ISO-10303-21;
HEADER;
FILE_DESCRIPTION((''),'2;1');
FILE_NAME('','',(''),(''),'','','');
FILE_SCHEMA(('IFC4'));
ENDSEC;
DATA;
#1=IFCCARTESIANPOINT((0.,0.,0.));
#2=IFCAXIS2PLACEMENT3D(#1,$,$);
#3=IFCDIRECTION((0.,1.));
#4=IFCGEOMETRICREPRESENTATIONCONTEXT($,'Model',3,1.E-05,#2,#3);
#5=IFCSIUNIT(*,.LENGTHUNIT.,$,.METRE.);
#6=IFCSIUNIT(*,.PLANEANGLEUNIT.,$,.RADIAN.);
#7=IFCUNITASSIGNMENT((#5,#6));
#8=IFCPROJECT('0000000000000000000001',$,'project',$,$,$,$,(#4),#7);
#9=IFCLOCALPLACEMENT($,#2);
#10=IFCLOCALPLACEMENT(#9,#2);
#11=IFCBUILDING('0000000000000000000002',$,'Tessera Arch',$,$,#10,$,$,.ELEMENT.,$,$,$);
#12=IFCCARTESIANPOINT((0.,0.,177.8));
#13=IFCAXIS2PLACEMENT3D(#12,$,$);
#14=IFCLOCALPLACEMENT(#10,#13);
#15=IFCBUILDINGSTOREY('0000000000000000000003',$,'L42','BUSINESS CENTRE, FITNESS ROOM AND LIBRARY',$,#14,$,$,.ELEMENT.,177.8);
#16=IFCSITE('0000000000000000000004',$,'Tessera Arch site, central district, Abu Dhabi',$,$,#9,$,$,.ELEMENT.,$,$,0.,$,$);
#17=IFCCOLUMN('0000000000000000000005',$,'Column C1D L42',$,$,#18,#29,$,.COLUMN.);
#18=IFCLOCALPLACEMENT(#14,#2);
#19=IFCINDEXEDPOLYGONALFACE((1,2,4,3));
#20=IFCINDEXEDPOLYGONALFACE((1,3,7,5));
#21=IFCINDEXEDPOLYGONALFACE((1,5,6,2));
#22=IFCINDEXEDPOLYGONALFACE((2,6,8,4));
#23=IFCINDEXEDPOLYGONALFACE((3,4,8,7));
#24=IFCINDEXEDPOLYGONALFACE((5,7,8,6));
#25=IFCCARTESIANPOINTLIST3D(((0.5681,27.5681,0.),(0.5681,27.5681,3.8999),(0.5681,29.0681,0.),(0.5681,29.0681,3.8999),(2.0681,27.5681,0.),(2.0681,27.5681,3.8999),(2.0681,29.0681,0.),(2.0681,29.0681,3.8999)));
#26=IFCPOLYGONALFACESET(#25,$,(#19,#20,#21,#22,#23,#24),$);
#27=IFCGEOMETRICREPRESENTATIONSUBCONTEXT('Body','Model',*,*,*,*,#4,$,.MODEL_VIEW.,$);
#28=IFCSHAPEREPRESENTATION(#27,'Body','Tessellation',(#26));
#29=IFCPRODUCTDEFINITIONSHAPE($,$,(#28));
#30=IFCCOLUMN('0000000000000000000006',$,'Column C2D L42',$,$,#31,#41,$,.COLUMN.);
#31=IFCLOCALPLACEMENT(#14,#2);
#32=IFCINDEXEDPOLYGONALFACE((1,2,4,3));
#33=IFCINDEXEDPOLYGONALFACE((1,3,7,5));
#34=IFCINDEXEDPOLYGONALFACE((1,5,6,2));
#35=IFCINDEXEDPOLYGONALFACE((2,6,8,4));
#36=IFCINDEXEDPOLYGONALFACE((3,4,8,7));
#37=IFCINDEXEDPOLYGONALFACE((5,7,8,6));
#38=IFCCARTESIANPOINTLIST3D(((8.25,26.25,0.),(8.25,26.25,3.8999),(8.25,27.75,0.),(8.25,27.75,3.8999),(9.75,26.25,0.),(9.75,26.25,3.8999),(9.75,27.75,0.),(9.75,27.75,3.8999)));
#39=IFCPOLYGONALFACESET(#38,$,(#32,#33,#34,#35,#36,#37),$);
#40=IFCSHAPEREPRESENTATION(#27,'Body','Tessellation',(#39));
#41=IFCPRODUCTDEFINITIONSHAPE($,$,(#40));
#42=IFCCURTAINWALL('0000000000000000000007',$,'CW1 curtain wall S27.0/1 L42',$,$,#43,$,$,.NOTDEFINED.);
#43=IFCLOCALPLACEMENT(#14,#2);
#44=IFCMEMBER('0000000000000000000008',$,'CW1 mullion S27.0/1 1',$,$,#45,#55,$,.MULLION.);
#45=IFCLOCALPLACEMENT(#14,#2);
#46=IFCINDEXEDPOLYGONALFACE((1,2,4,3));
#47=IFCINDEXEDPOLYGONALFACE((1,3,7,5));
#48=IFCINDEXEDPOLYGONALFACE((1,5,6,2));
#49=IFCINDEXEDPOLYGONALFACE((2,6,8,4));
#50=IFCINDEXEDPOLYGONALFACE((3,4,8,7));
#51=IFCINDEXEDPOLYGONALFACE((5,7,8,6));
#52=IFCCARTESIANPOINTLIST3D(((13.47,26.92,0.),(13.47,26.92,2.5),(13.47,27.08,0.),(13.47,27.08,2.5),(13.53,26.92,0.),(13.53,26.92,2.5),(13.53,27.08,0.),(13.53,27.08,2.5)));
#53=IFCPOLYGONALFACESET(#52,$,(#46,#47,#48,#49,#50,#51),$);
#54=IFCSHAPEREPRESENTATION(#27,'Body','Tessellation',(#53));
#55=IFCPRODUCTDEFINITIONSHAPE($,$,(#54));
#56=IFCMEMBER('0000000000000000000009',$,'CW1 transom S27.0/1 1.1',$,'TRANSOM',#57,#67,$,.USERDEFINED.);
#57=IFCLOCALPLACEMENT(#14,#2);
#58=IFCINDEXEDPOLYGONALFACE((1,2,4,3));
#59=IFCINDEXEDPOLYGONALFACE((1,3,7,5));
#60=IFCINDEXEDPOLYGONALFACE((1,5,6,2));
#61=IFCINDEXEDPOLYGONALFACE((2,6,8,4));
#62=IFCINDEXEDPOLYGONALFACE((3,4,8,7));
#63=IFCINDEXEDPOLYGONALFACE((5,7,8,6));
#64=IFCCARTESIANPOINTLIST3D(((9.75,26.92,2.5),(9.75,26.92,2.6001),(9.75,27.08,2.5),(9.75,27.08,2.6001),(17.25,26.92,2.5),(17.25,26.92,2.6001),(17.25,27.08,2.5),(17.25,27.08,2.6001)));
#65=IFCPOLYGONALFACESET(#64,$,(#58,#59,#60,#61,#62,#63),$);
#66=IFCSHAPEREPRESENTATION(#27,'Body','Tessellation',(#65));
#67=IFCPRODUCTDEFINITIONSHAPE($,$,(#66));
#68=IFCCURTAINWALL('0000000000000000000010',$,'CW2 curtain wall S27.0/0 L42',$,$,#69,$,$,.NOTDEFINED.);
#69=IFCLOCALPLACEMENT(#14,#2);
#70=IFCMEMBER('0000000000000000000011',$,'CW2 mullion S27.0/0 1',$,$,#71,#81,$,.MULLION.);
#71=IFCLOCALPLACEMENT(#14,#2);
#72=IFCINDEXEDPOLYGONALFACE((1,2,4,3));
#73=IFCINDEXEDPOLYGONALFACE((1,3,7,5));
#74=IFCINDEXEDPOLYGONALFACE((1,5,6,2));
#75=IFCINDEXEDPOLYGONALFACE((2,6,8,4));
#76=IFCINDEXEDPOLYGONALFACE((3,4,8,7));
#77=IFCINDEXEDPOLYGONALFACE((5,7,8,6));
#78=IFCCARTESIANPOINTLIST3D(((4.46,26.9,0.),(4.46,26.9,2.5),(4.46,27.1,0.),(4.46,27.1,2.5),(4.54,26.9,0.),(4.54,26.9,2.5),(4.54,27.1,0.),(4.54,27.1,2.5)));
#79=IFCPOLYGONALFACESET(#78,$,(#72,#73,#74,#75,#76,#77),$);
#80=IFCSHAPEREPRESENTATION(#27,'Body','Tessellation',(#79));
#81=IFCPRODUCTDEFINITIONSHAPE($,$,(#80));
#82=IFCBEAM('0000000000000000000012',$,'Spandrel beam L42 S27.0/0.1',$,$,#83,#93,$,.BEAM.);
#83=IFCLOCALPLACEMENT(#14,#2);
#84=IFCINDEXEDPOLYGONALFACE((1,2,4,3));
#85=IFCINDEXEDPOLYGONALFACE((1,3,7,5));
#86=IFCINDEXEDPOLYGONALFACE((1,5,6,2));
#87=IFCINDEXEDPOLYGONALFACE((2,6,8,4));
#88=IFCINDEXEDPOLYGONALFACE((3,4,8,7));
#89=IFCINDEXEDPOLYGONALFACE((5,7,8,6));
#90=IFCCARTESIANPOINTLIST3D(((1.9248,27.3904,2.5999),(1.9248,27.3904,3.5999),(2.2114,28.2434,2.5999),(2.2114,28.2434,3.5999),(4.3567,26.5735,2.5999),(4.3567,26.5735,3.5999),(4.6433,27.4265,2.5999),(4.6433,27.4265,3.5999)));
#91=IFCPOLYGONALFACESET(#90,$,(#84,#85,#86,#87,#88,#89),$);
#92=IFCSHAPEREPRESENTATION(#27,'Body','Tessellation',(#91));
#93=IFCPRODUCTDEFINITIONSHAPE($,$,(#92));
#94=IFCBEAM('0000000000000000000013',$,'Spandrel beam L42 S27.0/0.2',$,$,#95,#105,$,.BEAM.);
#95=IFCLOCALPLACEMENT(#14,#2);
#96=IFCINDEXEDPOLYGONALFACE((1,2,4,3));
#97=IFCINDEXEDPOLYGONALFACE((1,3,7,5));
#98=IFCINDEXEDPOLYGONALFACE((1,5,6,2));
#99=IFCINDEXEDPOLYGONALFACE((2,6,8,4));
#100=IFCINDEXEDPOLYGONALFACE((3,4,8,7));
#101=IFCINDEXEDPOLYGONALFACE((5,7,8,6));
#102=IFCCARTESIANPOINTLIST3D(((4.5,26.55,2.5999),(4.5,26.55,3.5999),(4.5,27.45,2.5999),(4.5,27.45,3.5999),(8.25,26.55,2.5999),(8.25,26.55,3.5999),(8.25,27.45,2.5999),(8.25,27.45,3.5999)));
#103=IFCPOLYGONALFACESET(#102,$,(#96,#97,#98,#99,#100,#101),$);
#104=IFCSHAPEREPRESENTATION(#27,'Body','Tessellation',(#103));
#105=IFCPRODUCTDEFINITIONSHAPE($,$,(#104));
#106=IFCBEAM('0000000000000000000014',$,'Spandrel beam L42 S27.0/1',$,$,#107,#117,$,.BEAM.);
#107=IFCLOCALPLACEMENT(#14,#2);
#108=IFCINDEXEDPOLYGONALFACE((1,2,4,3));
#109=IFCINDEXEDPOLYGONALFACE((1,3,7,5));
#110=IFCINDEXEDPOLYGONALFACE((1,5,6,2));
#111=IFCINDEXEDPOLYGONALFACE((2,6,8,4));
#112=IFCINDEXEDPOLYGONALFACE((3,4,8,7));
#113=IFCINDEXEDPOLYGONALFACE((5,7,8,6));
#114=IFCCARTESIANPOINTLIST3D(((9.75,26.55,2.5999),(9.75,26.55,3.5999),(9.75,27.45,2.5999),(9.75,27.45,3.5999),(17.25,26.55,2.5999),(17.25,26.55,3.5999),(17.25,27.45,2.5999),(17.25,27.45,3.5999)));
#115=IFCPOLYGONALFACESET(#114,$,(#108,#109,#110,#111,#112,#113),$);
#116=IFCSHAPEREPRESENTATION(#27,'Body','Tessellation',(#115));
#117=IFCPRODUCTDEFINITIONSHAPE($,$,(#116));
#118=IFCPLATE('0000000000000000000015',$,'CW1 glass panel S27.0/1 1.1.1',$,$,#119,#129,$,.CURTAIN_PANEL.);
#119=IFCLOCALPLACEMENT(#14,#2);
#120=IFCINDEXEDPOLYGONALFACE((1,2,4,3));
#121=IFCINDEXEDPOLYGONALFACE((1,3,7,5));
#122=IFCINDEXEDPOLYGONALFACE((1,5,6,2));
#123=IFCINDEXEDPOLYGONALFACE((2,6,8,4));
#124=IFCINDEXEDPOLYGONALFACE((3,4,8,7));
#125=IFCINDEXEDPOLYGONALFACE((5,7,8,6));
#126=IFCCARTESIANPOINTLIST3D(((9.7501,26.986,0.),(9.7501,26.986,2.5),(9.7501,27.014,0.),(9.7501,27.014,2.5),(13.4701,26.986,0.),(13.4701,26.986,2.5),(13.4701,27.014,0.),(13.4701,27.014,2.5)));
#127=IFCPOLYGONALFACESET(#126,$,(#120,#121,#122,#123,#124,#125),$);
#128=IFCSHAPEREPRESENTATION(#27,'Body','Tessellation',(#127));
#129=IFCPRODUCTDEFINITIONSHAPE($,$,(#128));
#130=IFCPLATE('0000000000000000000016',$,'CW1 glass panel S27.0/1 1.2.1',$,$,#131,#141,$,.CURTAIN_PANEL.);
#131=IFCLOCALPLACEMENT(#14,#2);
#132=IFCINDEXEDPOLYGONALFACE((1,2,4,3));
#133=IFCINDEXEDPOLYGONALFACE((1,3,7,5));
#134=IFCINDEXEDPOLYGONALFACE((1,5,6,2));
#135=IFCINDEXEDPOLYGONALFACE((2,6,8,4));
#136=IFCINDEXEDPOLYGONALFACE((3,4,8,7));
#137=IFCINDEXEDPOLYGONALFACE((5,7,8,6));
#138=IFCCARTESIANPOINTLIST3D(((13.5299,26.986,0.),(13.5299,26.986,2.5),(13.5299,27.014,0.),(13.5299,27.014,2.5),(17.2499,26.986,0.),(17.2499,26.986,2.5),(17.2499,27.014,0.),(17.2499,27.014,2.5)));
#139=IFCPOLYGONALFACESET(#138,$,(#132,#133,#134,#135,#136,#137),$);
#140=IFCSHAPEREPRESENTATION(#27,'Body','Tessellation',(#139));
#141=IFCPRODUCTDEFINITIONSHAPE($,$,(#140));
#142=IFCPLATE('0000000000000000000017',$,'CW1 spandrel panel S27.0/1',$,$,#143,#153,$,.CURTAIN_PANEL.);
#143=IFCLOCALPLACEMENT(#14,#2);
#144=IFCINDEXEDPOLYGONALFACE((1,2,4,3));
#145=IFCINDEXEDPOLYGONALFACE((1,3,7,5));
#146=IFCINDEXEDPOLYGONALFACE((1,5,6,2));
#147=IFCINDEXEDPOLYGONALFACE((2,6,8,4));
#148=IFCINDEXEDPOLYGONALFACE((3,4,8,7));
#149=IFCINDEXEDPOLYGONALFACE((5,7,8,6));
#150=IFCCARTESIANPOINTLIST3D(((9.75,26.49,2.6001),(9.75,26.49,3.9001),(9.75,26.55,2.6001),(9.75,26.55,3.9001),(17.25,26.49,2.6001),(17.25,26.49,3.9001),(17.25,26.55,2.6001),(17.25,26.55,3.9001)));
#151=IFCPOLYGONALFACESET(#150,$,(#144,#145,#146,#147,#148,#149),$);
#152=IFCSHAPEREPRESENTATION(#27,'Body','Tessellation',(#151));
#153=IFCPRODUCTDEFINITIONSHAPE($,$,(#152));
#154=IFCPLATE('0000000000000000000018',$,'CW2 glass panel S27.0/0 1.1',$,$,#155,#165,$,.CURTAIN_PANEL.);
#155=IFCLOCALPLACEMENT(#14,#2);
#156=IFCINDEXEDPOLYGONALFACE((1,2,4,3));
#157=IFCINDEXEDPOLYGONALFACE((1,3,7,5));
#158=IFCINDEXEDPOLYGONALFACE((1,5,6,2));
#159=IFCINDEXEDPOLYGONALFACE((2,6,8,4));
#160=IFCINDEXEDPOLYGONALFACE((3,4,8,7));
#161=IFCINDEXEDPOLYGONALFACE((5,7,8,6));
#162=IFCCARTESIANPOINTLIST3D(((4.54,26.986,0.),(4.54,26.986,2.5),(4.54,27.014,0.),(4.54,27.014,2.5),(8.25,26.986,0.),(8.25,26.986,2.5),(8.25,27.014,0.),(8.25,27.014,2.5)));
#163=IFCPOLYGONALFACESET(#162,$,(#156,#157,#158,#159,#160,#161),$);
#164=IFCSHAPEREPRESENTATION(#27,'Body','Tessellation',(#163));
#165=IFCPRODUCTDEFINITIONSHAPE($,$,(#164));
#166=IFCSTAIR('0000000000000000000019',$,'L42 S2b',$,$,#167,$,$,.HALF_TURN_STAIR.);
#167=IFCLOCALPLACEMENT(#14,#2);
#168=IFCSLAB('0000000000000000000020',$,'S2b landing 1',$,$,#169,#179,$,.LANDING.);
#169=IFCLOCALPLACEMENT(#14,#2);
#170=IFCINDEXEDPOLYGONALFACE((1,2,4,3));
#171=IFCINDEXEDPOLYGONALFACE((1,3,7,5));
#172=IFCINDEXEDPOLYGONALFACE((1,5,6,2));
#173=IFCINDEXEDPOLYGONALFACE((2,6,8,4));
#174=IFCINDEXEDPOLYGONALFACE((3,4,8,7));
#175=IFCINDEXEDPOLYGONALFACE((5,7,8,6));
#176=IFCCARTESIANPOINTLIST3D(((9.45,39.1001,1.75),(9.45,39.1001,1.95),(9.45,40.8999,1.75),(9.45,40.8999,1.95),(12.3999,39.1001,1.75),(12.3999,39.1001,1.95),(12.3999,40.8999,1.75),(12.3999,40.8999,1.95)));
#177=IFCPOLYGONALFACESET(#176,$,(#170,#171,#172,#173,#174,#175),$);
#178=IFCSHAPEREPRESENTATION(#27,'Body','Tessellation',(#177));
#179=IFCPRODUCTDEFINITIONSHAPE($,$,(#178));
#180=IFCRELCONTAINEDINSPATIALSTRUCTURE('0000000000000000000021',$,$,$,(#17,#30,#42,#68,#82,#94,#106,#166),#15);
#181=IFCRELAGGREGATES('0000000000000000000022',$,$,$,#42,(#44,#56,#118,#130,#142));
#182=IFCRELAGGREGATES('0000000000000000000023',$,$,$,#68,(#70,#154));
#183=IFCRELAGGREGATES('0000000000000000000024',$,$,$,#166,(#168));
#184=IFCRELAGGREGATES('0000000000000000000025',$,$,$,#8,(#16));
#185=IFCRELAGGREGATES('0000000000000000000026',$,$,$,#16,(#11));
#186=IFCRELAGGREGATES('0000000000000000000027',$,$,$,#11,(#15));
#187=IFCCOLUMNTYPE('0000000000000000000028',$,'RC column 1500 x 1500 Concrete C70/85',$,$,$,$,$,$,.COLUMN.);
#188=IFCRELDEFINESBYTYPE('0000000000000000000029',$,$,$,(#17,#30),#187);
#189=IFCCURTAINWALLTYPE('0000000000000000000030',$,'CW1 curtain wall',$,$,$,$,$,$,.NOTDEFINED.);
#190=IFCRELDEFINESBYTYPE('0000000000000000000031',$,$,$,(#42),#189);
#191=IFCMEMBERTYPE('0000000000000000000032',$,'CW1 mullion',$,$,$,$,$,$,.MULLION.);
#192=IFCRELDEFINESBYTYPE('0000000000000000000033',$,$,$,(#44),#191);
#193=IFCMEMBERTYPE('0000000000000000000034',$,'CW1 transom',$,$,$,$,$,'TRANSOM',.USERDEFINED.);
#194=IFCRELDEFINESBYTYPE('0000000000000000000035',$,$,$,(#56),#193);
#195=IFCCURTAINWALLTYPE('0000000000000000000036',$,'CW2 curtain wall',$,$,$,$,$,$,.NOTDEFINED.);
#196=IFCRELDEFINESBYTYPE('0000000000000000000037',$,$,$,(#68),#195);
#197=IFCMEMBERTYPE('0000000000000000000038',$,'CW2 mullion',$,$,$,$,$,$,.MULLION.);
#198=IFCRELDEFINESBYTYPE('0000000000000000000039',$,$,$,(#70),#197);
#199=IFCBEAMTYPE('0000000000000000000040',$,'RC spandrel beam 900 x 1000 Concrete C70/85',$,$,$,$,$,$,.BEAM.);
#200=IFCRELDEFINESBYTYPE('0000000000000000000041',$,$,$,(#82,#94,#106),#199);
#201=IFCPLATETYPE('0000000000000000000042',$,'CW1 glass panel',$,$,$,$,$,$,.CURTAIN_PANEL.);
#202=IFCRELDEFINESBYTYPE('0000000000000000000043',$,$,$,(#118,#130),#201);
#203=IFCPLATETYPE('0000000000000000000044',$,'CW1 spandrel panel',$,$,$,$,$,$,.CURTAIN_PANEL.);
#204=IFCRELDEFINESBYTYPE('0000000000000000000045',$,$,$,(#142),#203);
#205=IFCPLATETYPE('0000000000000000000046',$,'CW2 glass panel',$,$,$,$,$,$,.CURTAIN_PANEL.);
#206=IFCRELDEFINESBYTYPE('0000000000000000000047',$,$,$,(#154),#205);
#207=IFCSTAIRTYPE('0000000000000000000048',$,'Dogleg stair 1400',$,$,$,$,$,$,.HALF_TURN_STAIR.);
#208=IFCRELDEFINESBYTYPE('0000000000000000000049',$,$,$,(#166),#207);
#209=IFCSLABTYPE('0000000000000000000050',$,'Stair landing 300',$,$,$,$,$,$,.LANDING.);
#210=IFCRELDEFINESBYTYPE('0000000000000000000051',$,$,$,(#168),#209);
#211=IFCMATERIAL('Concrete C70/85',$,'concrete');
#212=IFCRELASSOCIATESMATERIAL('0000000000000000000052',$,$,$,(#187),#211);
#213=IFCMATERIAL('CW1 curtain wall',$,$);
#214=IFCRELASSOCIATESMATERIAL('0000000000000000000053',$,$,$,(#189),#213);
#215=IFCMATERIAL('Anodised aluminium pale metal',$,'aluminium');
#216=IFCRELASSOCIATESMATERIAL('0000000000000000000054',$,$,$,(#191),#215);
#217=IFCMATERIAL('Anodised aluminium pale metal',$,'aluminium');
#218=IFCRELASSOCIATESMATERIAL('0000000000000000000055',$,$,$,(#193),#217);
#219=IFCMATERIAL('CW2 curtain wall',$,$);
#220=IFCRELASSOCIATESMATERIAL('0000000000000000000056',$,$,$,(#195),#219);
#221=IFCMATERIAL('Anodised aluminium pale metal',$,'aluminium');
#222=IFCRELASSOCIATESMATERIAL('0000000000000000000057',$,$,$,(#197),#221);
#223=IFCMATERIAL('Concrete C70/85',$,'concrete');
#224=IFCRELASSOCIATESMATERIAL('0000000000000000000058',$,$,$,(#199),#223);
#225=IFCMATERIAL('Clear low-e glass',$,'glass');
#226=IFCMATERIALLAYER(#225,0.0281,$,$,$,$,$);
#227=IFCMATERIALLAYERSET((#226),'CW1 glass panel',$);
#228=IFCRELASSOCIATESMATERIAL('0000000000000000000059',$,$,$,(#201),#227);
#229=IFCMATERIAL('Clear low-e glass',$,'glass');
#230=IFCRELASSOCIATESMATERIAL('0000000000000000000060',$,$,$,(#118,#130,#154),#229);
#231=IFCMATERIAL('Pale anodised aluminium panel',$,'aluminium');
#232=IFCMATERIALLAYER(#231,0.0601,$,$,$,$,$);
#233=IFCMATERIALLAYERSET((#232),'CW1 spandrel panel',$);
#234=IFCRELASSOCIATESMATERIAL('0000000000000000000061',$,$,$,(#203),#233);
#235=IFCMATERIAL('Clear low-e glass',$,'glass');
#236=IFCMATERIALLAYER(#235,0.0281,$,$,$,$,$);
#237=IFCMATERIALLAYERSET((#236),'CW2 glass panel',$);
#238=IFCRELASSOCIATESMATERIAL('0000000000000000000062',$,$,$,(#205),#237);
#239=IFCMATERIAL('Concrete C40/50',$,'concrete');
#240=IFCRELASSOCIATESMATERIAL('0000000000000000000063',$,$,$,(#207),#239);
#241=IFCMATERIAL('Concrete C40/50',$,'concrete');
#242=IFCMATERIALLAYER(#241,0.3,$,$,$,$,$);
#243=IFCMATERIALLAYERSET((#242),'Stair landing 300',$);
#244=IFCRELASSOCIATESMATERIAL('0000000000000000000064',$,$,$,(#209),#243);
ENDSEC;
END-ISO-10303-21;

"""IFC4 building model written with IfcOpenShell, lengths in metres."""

from ifc_helpers import new_model, si_unit, direction, frame, origin, origin_2d, place, context, subcontext, project, spatial, polyline, rectangle, outline, extrude, material, layer, layer_set, material_profile, profile_set, type_object, element, aggregate, save


model = new_model("IFC4")

# Units and contexts
model_context = context("Model", 3, precision=1e-05, world=origin(), true_north=direction((0.0, 1.0)))
body_context = subcontext(model_context, "Body", "Model", "MODEL_VIEW")
ifc_project = project(units=[si_unit("LENGTHUNIT", "METRE"), si_unit("PLANEANGLEUNIT", "RADIAN")], contexts=[model_context])

# Site, building, storey
site_placement = place(None, origin())
site = spatial("IfcSite", under=ifc_project, at=site_placement, Name="Tessera Arch site, central district, Abu Dhabi", CompositionType="ELEMENT", RefElevation=0.0)
building_placement = place(site_placement, origin())
building = spatial("IfcBuilding", under=site, at=building_placement, Name="Tessera Arch", CompositionType="ELEMENT")
storey_placement = place(building_placement, frame((0.0, 0.0, 177.8)))
storey = spatial("IfcBuildingStorey", under=building, at=storey_placement, Name="L42", Description="BUSINESS CENTRE, FITNESS ROOM AND LIBRARY", CompositionType="ELEMENT", Elevation=177.8)

# Columns
ifc_material_1 = material(Name="Concrete C70/85", Category="concrete")
ifc_material_profile_1 = material_profile(ifc_material_1, rectangle(XDim=1.5, YDim=1.5, at=origin_2d()), Name="RC column 1500 x 1500 Concrete C70/85")
ifc_profile_set_1 = profile_set([ifc_material_profile_1], Name="Concrete C70/85")
column_type = type_object("IfcColumnType", Name="RC column 1500 x 1500 Concrete C70/85", PredefinedType="COLUMN", material=ifc_profile_set_1)
for number, where, z_axis, x_axis, name in (
    (1, (1.3181, 28.3181, 0.0), (0.0, 0.0, 1.0), (1.0, 0.0, 0.0), "Column C1D L42"),
    (2, (9.0, 27.0, 0.0), (0.0, 0.0, 1.0), (1.0, 0.0, 0.0), "Column C2D L42"),
):
    element("IfcColumn", number, at=place(storey_placement, frame(where, z_axis=z_axis, x_axis=x_axis)), inside=storey, type_object=column_type, Name=name, PredefinedType="COLUMN", context=body_context, shape_type="SweptSolid", body=[
        extrude(rectangle(XDim=1.5, YDim=1.5, at=origin_2d()), origin(), (0.0, 0.0, 1.0), 3.8999),
    ])

# Curtain wall, members
ifc_material_2 = material(Name="CW1 curtain wall")
curtain_wall_type_1 = type_object("IfcCurtainWallType", Name="CW1 curtain wall", PredefinedType="NOTDEFINED", material=ifc_material_2)
curtain_wall_1_placement = place(storey_placement, origin())
curtain_wall_1 = element("IfcCurtainWall", 3, at=curtain_wall_1_placement, inside=storey, type_object=curtain_wall_type_1, Name="CW1 curtain wall S27.0/1 L42", PredefinedType="NOTDEFINED")
ifc_material_3 = material(Name="Anodised aluminium pale metal", Category="aluminium")
ifc_material_profile_2 = material_profile(ifc_material_3, rectangle(XDim=0.1599, YDim=0.0601, at=origin_2d()), Name="AL 60x160")
ifc_profile_set_2 = profile_set([ifc_material_profile_2], Name="Anodised aluminium pale metal")
member_type_1 = type_object("IfcMemberType", Name="CW1 mullion", PredefinedType="MULLION", material=ifc_profile_set_2)
member_1_placement = place(storey_placement, frame((13.5, 27.0, 0.0), z_axis=(0.0, 0.0, 1.0), x_axis=(0.0, 1.0, 0.0)))
member_1 = element("IfcMember", 4, at=member_1_placement, type_object=member_type_1, Name="CW1 mullion S27.0/1 1", PredefinedType="MULLION", context=body_context, shape_type="SweptSolid", body=[
    extrude(rectangle(XDim=0.1599, YDim=0.0601, at=origin_2d()), origin(), (0.0, 0.0, 1.0), 2.5),
])
ifc_material_4 = material(Name="Anodised aluminium pale metal", Category="aluminium")
ifc_material_profile_3 = material_profile(ifc_material_4, rectangle(XDim=0.1599, YDim=0.1001, at=origin_2d()), Name="AL 160x100")
ifc_profile_set_3 = profile_set([ifc_material_profile_3], Name="Anodised aluminium pale metal")
member_type_2 = type_object("IfcMemberType", Name="CW1 transom", ElementType="TRANSOM", PredefinedType="USERDEFINED", material=ifc_profile_set_3)
member_2_placement = place(storey_placement, frame((9.75, 27.0, 2.55), z_axis=(1.0, 0.0, 0.0), x_axis=(0.0, 1.0, 0.0)))
member_2 = element("IfcMember", 5, at=member_2_placement, type_object=member_type_2, Name="CW1 transom S27.0/1 1.1", ObjectType="TRANSOM", PredefinedType="USERDEFINED", context=body_context, shape_type="SweptSolid", body=[
    extrude(rectangle(XDim=0.1599, YDim=0.1001, at=origin_2d()), origin(), (0.0, 0.0, 1.0), 7.5),
])

# Curtain wall, member
ifc_material_5 = material(Name="CW2 curtain wall")
curtain_wall_type_2 = type_object("IfcCurtainWallType", Name="CW2 curtain wall", PredefinedType="NOTDEFINED", material=ifc_material_5)
curtain_wall_2_placement = place(storey_placement, origin())
curtain_wall_2 = element("IfcCurtainWall", 6, at=curtain_wall_2_placement, inside=storey, type_object=curtain_wall_type_2, Name="CW2 curtain wall S27.0/0 L42", PredefinedType="NOTDEFINED")
ifc_material_6 = material(Name="Anodised aluminium pale metal", Category="aluminium")
ifc_material_profile_4 = material_profile(ifc_material_6, rectangle(XDim=0.2, YDim=0.0801, at=origin_2d()), Name="AL 80x200")
ifc_profile_set_4 = profile_set([ifc_material_profile_4], Name="Anodised aluminium pale metal")
member_type_3 = type_object("IfcMemberType", Name="CW2 mullion", PredefinedType="MULLION", material=ifc_profile_set_4)
member_3_placement = place(storey_placement, frame((4.5, 27.0, 0.0), z_axis=(0.0, 0.0, 1.0), x_axis=(0.0, 1.0, 0.0)))
member_3 = element("IfcMember", 7, at=member_3_placement, type_object=member_type_3, Name="CW2 mullion S27.0/0 1", PredefinedType="MULLION", context=body_context, shape_type="SweptSolid", body=[
    extrude(rectangle(XDim=0.2, YDim=0.0801, at=origin_2d()), origin(), (0.0, 0.0, 1.0), 2.5),
])

# Beams
ifc_material_7 = material(Name="Concrete C70/85", Category="concrete")
ifc_material_profile_5 = material_profile(ifc_material_7, rectangle(XDim=0.8999, YDim=1.0, at=origin_2d()), Name="RC spandrel beam 900 x 1000 Concrete C70/85")
ifc_profile_set_5 = profile_set([ifc_material_profile_5], Name="Concrete C70/85")
beam_type = type_object("IfcBeamType", Name="RC spandrel beam 900 x 1000 Concrete C70/85", PredefinedType="BEAM", material=ifc_profile_set_5)
beam_1_placement = place(storey_placement, frame((2.0681, 27.8169, 3.0999), z_axis=(0.947948, -0.318425, 0.0), x_axis=(0.318425, 0.947948, 0.0)))
element("IfcBeam", 8, at=beam_1_placement, inside=storey, type_object=beam_type, Name="Spandrel beam L42 S27.0/0.1", PredefinedType="BEAM", context=body_context, shape_type="SweptSolid", body=[
    extrude(rectangle(XDim=0.8999, YDim=1.0, at=origin_2d()), origin(), (0.0, 0.0, 1.0), 2.5654),
])
beam_2_placement = place(storey_placement, frame((4.5, 27.0, 3.0999), z_axis=(1.0, 0.0, 0.0), x_axis=(0.0, 1.0, 0.0)))
element("IfcBeam", 9, at=beam_2_placement, inside=storey, type_object=beam_type, Name="Spandrel beam L42 S27.0/0.2", PredefinedType="BEAM", context=body_context, shape_type="SweptSolid", body=[
    extrude(rectangle(XDim=0.8999, YDim=1.0, at=origin_2d()), origin(), (0.0, 0.0, 1.0), 3.75),
])
beam_3_placement = place(storey_placement, frame((9.75, 27.0, 3.0999), z_axis=(1.0, 0.0, 0.0), x_axis=(0.0, 1.0, 0.0)))
element("IfcBeam", 10, at=beam_3_placement, inside=storey, type_object=beam_type, Name="Spandrel beam L42 S27.0/1", PredefinedType="BEAM", context=body_context, shape_type="SweptSolid", body=[
    extrude(rectangle(XDim=0.8999, YDim=1.0, at=origin_2d()), origin(), (0.0, 0.0, 1.0), 7.5),
])

# Plates
ifc_material_8 = material(Name="Clear low-e glass", Category="glass")
ifc_material_9 = material(Name="Clear low-e glass", Category="glass")
ifc_layer_1 = layer(ifc_material_9, 0.0281)
ifc_layer_set_1 = layer_set([ifc_layer_1], Name="CW1 glass panel")
plate_type_1 = type_object("IfcPlateType", Name="CW1 glass panel", PredefinedType="CURTAIN_PANEL", material=ifc_layer_set_1)
plate_1_placement = place(storey_placement, frame((11.6101, 27.0, 0.0), z_axis=(0.0, 0.0, 1.0), x_axis=(1.0, 0.0, 0.0)))
plate_1 = element("IfcPlate", 11, at=plate_1_placement, type_object=plate_type_1, material=ifc_material_8, Name="CW1 glass panel S27.0/1 1.1.1", PredefinedType="CURTAIN_PANEL", context=body_context, shape_type="SweptSolid", body=[
    extrude(rectangle(XDim=3.72, YDim=0.0281, at=origin_2d()), origin(), (0.0, 0.0, 1.0), 2.5),
])
plate_2_placement = place(storey_placement, frame((15.3899, 27.0, 0.0), z_axis=(0.0, 0.0, 1.0), x_axis=(1.0, 0.0, 0.0)))
plate_2 = element("IfcPlate", 12, at=plate_2_placement, type_object=plate_type_1, material=ifc_material_8, Name="CW1 glass panel S27.0/1 1.2.1", PredefinedType="CURTAIN_PANEL", context=body_context, shape_type="SweptSolid", body=[
    extrude(rectangle(XDim=3.72, YDim=0.0281, at=origin_2d()), origin(), (0.0, 0.0, 1.0), 2.5),
])
ifc_material_10 = material(Name="Pale anodised aluminium panel", Category="aluminium")
ifc_layer_2 = layer(ifc_material_10, 0.0601)
ifc_layer_set_2 = layer_set([ifc_layer_2], Name="CW1 spandrel panel")
plate_type_2 = type_object("IfcPlateType", Name="CW1 spandrel panel", PredefinedType="CURTAIN_PANEL", material=ifc_layer_set_2)
plate_3_placement = place(storey_placement, frame((13.5, 26.52, 2.6001), z_axis=(0.0, 0.0, 1.0), x_axis=(1.0, 0.0, 0.0)))
plate_3 = element("IfcPlate", 13, at=plate_3_placement, type_object=plate_type_2, Name="CW1 spandrel panel S27.0/1", PredefinedType="CURTAIN_PANEL", context=body_context, shape_type="SweptSolid", body=[
    extrude(rectangle(XDim=7.5, YDim=0.0601, at=origin_2d()), origin(), (0.0, 0.0, 1.0), 1.3),
])
aggregate(curtain_wall_1, [member_1, member_2, plate_1, plate_2, plate_3])
ifc_material_11 = material(Name="Clear low-e glass", Category="glass")
ifc_layer_3 = layer(ifc_material_11, 0.0281)
ifc_layer_set_3 = layer_set([ifc_layer_3], Name="CW2 glass panel")
plate_type_3 = type_object("IfcPlateType", Name="CW2 glass panel", PredefinedType="CURTAIN_PANEL", material=ifc_layer_set_3)
plate_4_placement = place(storey_placement, frame((6.395, 27.0, 0.0), z_axis=(0.0, 0.0, 1.0), x_axis=(1.0, 0.0, 0.0)))
plate_4 = element("IfcPlate", 14, at=plate_4_placement, type_object=plate_type_3, material=ifc_material_8, Name="CW2 glass panel S27.0/0 1.1", PredefinedType="CURTAIN_PANEL", context=body_context, shape_type="SweptSolid", body=[
    extrude(rectangle(XDim=3.71, YDim=0.0281, at=origin_2d()), origin(), (0.0, 0.0, 1.0), 2.5),
])
aggregate(curtain_wall_2, [member_3, plate_4])

# Stair, slab
ifc_material_12 = material(Name="Concrete C40/50", Category="concrete")
stair_type = type_object("IfcStairType", Name="Dogleg stair 1400", PredefinedType="HALF_TURN_STAIR", material=ifc_material_12)
stair_placement = place(storey_placement, origin())
stair = element("IfcStair", 15, at=stair_placement, inside=storey, type_object=stair_type, Name="L42 S2b", PredefinedType="HALF_TURN_STAIR")
ifc_material_13 = material(Name="Concrete C40/50", Category="concrete")
ifc_layer_4 = layer(ifc_material_13, 0.3)
ifc_layer_set_4 = layer_set([ifc_layer_4], Name="Stair landing 300")
slab_type = type_object("IfcSlabType", Name="Stair landing 300", PredefinedType="LANDING", material=ifc_layer_set_4)
slab_placement = place(storey_placement, frame((0.0, 0.0, 1.75)))
slab = element("IfcSlab", 16, at=slab_placement, type_object=slab_type, Name="S2b landing 1", PredefinedType="LANDING", context=body_context, shape_type="SweptSolid", body=[
    extrude(outline(polyline([(9.45, 40.8999), (9.45, 39.1001), (12.3999, 39.1001), (12.3999, 40.8999), (9.45, 40.8999)])), origin(), (0.0, 0.0, 1.0), 0.2),
])
aggregate(stair, [slab])

save(model, "model.ifc")
